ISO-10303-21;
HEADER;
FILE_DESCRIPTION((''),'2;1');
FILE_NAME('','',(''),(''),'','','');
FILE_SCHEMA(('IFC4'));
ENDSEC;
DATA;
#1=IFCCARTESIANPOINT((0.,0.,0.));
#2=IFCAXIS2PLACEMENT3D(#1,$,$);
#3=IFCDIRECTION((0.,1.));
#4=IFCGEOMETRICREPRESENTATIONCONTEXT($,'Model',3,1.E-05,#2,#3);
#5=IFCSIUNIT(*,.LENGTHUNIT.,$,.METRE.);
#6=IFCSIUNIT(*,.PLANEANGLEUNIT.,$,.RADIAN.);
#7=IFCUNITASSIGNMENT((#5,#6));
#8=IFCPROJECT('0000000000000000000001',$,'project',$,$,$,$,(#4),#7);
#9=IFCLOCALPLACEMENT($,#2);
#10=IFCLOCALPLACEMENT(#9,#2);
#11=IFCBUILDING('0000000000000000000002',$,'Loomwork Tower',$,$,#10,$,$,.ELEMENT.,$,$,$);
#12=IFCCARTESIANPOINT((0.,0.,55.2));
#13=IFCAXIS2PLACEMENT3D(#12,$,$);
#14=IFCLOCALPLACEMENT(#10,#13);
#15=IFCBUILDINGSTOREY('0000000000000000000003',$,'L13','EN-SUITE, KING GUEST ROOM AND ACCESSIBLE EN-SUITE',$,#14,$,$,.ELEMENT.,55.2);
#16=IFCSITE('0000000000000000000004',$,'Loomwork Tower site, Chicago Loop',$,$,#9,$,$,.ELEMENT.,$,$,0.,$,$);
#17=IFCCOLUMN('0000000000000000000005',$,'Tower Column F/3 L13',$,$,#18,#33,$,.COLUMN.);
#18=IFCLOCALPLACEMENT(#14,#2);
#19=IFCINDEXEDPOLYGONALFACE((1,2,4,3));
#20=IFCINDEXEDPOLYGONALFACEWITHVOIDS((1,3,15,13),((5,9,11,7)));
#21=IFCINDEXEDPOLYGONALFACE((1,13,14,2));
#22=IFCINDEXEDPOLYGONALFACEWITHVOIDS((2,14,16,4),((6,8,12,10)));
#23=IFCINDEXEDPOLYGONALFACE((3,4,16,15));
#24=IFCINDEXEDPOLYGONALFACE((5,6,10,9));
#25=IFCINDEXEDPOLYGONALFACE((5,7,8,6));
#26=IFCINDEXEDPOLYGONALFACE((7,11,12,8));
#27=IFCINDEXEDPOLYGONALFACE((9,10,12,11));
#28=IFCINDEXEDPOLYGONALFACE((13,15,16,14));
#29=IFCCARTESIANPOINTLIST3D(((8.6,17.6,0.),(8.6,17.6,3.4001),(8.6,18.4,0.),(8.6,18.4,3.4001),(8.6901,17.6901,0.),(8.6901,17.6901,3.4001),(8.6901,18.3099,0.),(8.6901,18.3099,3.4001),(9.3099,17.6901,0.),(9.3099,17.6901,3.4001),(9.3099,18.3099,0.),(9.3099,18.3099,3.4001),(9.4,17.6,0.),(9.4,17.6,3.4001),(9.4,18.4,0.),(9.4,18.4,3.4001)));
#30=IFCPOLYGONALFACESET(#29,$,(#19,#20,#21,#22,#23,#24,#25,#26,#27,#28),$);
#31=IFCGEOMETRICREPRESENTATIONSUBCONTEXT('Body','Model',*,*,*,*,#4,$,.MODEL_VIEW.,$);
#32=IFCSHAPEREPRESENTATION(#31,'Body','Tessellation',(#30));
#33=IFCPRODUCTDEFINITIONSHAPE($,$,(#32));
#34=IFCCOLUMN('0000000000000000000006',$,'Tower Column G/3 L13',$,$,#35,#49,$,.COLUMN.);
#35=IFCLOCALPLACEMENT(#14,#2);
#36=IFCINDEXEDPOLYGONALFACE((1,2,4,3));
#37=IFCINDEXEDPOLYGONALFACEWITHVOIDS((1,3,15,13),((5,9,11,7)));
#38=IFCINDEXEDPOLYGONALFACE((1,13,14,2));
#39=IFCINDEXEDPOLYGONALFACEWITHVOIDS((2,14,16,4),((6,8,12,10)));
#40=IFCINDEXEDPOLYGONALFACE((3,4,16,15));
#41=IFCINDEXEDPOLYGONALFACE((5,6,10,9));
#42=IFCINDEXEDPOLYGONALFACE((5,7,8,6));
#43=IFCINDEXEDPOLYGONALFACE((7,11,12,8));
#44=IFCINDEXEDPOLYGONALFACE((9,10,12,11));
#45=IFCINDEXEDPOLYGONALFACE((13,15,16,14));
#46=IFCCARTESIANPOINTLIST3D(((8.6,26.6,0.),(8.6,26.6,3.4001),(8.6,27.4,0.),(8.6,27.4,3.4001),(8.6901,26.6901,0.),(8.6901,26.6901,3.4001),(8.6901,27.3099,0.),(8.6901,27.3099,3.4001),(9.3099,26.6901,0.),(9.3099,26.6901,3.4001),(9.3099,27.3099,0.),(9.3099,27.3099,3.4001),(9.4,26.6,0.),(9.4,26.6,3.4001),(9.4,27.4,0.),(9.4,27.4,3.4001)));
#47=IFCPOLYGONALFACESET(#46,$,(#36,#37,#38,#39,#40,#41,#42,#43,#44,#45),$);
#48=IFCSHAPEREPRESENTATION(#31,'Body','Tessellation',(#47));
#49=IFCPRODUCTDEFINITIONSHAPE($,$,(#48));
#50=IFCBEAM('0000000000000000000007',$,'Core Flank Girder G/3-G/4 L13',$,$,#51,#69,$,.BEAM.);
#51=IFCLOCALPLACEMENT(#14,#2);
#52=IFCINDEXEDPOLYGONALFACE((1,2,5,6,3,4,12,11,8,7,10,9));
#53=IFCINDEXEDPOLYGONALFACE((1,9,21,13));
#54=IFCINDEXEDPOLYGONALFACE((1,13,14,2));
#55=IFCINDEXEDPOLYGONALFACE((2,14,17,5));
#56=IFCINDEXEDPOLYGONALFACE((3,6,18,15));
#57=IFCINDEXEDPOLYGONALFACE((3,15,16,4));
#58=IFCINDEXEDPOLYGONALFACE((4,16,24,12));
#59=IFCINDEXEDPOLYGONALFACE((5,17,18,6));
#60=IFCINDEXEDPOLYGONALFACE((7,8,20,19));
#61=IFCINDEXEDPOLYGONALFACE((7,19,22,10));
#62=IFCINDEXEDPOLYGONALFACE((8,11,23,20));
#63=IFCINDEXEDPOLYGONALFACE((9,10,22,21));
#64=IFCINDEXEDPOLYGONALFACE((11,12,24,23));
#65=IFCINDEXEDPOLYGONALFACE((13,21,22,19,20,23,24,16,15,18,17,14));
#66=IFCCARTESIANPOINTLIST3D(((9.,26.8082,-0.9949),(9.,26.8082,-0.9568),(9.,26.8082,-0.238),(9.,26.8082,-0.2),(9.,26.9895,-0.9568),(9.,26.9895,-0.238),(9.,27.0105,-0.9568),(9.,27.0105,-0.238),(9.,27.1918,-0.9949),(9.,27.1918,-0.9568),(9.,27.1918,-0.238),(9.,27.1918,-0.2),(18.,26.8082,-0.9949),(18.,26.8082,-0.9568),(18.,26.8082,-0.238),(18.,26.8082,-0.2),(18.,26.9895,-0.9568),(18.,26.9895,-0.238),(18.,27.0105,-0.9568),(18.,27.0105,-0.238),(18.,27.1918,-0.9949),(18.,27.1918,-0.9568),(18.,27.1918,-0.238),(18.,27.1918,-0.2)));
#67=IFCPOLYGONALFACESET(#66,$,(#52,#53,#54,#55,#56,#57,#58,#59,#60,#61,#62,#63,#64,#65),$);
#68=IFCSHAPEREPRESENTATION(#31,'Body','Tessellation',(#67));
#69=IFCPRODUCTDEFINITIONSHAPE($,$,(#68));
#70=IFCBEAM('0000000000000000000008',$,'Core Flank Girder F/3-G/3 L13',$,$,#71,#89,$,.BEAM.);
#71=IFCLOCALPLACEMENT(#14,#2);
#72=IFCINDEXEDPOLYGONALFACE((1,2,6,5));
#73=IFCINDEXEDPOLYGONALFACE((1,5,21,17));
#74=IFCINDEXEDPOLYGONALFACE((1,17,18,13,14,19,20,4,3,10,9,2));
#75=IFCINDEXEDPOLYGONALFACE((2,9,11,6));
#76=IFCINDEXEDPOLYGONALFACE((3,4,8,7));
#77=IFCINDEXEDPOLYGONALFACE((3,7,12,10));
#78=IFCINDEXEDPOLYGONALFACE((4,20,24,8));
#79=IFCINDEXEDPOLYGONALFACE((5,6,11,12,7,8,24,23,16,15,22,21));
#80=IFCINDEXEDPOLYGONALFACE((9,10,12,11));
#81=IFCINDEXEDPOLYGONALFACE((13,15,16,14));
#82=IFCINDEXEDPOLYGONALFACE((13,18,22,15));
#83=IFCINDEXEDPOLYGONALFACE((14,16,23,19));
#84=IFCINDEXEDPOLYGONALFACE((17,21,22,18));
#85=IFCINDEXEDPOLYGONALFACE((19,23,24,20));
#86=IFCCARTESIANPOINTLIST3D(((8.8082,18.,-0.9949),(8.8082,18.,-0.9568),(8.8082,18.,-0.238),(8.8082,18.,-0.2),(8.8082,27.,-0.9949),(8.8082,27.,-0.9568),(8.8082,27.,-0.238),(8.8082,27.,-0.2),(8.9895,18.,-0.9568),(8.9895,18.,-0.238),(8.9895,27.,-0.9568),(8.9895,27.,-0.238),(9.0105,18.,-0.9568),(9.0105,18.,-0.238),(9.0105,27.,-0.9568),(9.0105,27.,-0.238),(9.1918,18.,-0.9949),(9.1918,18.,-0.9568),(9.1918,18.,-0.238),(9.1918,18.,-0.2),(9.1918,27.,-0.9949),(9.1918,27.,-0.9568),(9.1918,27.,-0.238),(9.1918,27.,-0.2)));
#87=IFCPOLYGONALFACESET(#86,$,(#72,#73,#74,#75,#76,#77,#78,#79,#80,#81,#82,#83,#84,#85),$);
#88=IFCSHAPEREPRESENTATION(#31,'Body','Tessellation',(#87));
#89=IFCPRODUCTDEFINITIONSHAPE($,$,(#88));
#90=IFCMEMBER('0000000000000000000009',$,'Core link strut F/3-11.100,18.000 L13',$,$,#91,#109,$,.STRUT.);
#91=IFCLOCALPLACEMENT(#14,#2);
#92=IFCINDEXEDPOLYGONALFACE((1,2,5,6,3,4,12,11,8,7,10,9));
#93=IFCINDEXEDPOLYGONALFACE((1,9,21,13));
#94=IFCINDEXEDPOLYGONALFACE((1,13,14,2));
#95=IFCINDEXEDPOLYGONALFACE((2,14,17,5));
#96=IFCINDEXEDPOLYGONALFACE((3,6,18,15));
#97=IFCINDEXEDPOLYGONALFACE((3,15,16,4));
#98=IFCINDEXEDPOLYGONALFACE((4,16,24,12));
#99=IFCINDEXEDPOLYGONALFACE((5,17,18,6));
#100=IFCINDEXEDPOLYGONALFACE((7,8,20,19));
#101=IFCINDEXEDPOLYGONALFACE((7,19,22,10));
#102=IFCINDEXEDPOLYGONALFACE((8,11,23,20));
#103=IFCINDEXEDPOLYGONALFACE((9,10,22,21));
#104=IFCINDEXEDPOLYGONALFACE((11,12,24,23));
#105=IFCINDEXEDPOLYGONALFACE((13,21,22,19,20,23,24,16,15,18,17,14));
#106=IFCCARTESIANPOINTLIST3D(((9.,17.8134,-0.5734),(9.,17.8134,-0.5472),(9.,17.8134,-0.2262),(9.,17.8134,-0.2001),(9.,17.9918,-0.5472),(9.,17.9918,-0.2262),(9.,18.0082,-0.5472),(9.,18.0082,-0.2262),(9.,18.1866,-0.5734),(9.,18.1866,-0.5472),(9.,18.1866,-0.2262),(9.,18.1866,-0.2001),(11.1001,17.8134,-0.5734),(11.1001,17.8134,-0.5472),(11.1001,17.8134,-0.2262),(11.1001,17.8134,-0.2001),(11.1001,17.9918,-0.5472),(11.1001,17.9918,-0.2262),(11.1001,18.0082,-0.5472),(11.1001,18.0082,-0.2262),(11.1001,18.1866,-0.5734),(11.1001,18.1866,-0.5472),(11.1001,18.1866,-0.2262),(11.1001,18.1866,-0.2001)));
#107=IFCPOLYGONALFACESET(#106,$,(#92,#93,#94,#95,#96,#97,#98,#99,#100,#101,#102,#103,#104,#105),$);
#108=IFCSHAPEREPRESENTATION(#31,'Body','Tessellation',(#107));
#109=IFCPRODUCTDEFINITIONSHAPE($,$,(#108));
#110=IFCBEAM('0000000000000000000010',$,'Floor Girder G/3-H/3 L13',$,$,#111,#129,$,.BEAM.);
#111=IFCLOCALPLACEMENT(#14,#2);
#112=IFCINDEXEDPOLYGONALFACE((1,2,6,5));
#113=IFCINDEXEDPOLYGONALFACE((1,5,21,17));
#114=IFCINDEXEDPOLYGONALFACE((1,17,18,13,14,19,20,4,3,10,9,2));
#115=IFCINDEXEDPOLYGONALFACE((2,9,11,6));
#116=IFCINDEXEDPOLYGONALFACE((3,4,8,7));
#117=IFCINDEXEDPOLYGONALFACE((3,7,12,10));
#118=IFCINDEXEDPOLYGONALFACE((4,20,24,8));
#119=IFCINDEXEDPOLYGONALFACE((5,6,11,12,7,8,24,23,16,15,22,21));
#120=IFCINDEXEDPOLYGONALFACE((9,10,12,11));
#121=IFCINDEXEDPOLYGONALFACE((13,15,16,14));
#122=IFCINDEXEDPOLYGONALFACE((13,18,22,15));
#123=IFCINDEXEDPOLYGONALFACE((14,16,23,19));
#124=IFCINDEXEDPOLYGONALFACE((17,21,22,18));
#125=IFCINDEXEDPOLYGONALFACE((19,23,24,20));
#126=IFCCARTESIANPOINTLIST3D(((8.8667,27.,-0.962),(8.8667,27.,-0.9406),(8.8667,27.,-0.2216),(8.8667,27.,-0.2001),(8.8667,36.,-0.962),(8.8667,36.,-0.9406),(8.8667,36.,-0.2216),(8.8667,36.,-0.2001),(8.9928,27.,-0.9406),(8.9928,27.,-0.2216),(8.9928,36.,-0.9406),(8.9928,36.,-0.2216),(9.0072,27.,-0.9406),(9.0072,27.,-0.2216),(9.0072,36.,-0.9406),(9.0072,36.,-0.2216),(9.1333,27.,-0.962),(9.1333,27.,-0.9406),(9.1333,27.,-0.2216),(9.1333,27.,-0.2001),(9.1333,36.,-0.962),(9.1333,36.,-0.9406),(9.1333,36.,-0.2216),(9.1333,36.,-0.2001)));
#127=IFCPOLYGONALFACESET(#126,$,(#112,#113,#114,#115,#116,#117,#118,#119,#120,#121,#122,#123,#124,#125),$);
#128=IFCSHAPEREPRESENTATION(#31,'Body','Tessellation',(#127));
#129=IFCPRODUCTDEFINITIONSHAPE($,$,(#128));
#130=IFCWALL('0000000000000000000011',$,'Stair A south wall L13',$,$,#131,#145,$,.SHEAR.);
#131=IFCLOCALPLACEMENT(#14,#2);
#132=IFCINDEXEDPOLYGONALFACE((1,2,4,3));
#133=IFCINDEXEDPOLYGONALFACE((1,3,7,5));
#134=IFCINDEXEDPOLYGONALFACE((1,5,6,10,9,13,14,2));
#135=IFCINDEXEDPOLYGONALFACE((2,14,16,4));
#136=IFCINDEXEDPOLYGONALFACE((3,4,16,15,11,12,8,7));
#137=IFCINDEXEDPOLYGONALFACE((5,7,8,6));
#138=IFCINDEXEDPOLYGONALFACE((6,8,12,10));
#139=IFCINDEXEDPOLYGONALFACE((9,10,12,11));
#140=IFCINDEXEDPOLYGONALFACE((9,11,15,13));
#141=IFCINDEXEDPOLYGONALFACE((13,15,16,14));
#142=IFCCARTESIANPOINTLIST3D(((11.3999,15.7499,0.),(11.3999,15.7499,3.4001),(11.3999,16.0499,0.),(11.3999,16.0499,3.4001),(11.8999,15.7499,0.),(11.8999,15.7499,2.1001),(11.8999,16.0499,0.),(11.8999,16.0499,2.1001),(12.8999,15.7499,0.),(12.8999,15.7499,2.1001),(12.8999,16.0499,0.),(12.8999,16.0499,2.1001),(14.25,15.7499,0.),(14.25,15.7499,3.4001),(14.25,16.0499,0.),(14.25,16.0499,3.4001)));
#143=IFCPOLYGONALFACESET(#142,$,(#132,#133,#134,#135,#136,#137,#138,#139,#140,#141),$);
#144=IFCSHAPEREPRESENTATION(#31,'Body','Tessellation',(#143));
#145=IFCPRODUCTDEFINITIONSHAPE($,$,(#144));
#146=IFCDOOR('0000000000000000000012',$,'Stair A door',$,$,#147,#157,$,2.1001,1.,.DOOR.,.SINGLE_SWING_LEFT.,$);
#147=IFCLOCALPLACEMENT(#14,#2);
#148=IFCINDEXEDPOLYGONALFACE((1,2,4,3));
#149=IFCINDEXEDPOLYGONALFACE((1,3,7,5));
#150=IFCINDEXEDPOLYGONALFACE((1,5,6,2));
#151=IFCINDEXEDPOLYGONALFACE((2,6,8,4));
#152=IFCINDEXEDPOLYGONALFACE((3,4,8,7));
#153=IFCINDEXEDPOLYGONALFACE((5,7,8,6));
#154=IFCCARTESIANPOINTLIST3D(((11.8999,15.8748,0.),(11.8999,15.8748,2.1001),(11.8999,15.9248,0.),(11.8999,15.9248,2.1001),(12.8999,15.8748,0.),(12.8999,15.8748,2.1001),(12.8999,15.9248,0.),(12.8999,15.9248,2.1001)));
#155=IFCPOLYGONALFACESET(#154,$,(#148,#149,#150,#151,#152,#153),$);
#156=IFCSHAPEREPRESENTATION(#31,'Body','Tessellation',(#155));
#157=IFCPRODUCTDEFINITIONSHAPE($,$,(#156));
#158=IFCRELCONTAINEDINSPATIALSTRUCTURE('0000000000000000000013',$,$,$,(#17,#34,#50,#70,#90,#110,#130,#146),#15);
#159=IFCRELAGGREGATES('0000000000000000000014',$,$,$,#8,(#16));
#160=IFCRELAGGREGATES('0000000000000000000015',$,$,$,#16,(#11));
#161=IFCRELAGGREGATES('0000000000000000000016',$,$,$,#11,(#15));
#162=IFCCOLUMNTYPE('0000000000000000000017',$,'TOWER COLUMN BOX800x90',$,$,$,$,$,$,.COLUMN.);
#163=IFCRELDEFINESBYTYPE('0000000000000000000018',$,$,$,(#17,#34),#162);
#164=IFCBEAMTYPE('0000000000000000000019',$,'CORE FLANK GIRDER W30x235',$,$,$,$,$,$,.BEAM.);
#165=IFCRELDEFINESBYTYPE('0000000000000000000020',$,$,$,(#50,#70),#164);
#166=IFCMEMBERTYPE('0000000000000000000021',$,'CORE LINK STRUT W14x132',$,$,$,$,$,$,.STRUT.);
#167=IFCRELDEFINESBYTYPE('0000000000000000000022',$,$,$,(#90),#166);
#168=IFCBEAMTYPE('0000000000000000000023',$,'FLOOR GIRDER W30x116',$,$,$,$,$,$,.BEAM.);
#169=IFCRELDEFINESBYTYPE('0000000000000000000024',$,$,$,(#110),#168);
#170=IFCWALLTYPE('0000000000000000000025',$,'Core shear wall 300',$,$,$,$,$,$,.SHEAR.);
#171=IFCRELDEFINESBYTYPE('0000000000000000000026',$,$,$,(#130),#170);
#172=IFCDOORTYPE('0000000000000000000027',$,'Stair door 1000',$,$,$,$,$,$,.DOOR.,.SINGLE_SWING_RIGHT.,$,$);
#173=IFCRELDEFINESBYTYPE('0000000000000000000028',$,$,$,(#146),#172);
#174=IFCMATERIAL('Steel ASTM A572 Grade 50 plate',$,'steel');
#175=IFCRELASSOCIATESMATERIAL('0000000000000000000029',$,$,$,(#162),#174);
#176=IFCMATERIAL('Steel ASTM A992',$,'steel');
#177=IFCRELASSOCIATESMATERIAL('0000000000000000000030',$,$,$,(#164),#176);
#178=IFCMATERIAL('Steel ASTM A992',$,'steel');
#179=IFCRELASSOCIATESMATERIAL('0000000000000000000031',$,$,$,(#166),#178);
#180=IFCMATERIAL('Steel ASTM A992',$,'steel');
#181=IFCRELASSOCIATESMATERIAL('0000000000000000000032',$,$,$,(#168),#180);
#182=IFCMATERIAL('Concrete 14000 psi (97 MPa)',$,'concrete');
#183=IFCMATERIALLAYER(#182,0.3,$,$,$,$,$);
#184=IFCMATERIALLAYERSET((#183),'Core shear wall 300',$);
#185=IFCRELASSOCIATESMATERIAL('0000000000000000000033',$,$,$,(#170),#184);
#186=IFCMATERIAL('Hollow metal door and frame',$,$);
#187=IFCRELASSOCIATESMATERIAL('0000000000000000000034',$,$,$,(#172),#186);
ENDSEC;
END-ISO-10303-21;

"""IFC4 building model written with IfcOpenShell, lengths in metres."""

from ifc_helpers import new_model, si_unit, direction, frame, frame_2d, origin, origin_2d, place, context, subcontext, project, spatial, rectangle, hollow_rectangle, i_section, extrude, material, layer, layer_set, material_profile, profile_set, type_object, element, fill, save


model = new_model("IFC4")

# Units and contexts
model_context = context("Model", 3, precision=1e-05, world=origin(), true_north=direction((0.0, 1.0)))
body_context = subcontext(model_context, "Body", "Model", "MODEL_VIEW")
ifc_project = project(units=[si_unit("LENGTHUNIT", "METRE"), si_unit("PLANEANGLEUNIT", "RADIAN")], contexts=[model_context])

# Site, building, storey
site_placement = place(None, origin())
site = spatial("IfcSite", under=ifc_project, at=site_placement, Name="Loomwork Tower site, Chicago Loop", CompositionType="ELEMENT", RefElevation=0.0)
building_placement = place(site_placement, origin())
building = spatial("IfcBuilding", under=site, at=building_placement, Name="Loomwork Tower", CompositionType="ELEMENT")
storey_placement = place(building_placement, frame((0.0, 0.0, 55.2)))
storey = spatial("IfcBuildingStorey", under=building, at=storey_placement, Name="L13", Description="EN-SUITE, KING GUEST ROOM AND ACCESSIBLE EN-SUITE", CompositionType="ELEMENT", Elevation=55.2)

# Columns
ifc_material_1 = material(Name="Steel ASTM A572 Grade 50 plate", Category="steel")
ifc_material_profile_1 = material_profile(ifc_material_1, hollow_rectangle(XDim=0.8, YDim=0.8, WallThickness=0.0901, at=origin_2d()), Name="BOX800x90")
ifc_profile_set_1 = profile_set([ifc_material_profile_1], Name="Steel ASTM A572 Grade 50 plate")
column_type = type_object("IfcColumnType", Name="TOWER COLUMN BOX800x90", PredefinedType="COLUMN", material=ifc_profile_set_1)
for number, where, z_axis, x_axis, name in (
    (1, (9.0, 18.0, 0.0), (0.0, 0.0, 1.0), (1.0, 0.0, 0.0), "Tower Column F/3 L13"),
    (2, (9.0, 27.0, 0.0), (0.0, 0.0, 1.0), (1.0, 0.0, 0.0), "Tower Column G/3 L13"),
):
    element("IfcColumn", number, at=place(storey_placement, frame(where, z_axis=z_axis, x_axis=x_axis)), inside=storey, type_object=column_type, Name=name, PredefinedType="COLUMN", context=body_context, shape_type="SweptSolid", body=[
        extrude(hollow_rectangle(XDim=0.8, YDim=0.8, WallThickness=0.0901, at=origin_2d()), origin(), (0.0, 0.0, 1.0), 3.4001),
    ])

# Beams
ifc_material_2 = material(Name="Steel ASTM A992", Category="steel")
ifc_material_profile_2 = material_profile(ifc_material_2, i_section(OverallWidth=0.3835, OverallDepth=0.7949, WebThickness=0.021, FlangeThickness=0.0381, at=origin_2d()), Name="W30x235")
ifc_profile_set_2 = profile_set([ifc_material_profile_2], Name="Steel ASTM A992")
beam_type_1 = type_object("IfcBeamType", Name="CORE FLANK GIRDER W30x235", PredefinedType="BEAM", material=ifc_profile_set_2)
for number, where, z_axis, x_axis, name in (
    (3, (9.0, 27.0, -0.5974), (1.0, 0.0, 0.0), (0.0, 1.0, 0.0), "Core Flank Girder G/3-G/4 L13"),
    (4, (9.0, 18.0, -0.5974), (0.0, 1.0, 0.0), (-1.0, 0.0, 0.0), "Core Flank Girder F/3-G/3 L13"),
):
    element("IfcBeam", number, at=place(storey_placement, frame(where, z_axis=z_axis, x_axis=x_axis)), inside=storey, type_object=beam_type_1, Name=name, PredefinedType="BEAM", context=body_context, shape_type="SweptSolid", body=[
        extrude(i_section(OverallWidth=0.3835, OverallDepth=0.7949, WebThickness=0.021, FlangeThickness=0.0381, at=origin_2d()), origin(), (0.0, 0.0, 1.0), 9.0),
    ])

# Member
ifc_material_3 = material(Name="Steel ASTM A992", Category="steel")
ifc_material_profile_3 = material_profile(ifc_material_3, i_section(OverallWidth=0.3733, OverallDepth=0.3733, WebThickness=0.0164, FlangeThickness=0.0261, at=origin_2d()), Name="W14x132")
ifc_profile_set_3 = profile_set([ifc_material_profile_3], Name="Steel ASTM A992")
member_type = type_object("IfcMemberType", Name="CORE LINK STRUT W14x132", PredefinedType="STRUT", material=ifc_profile_set_3)
member_placement = place(storey_placement, frame((9.0, 18.0, -0.3867), z_axis=(1.0, 0.0, 0.0), x_axis=(0.0, 1.0, 0.0)))
element("IfcMember", 5, at=member_placement, inside=storey, type_object=member_type, Name="Core link strut F/3-11.100,18.000 L13", PredefinedType="STRUT", context=body_context, shape_type="SweptSolid", body=[
    extrude(i_section(OverallWidth=0.3733, OverallDepth=0.3733, WebThickness=0.0164, FlangeThickness=0.0261, at=origin_2d()), origin(), (0.0, 0.0, 1.0), 2.1001),
])

# Beam
ifc_material_4 = material(Name="Steel ASTM A992", Category="steel")
ifc_material_profile_4 = material_profile(ifc_material_4, i_section(OverallWidth=0.2666, OverallDepth=0.762, WebThickness=0.0144, FlangeThickness=0.0215, at=origin_2d()), Name="W30x116")
ifc_profile_set_4 = profile_set([ifc_material_profile_4], Name="Steel ASTM A992")
beam_type_2 = type_object("IfcBeamType", Name="FLOOR GIRDER W30x116", PredefinedType="BEAM", material=ifc_profile_set_4)
beam_placement = place(storey_placement, frame((9.0, 27.0, -0.5811), z_axis=(0.0, 1.0, 0.0), x_axis=(-1.0, 0.0, 0.0)))
element("IfcBeam", 6, at=beam_placement, inside=storey, type_object=beam_type_2, Name="Floor Girder G/3-H/3 L13", PredefinedType="BEAM", context=body_context, shape_type="SweptSolid", body=[
    extrude(i_section(OverallWidth=0.2666, OverallDepth=0.762, WebThickness=0.0144, FlangeThickness=0.0215, at=origin_2d()), origin(), (0.0, 0.0, 1.0), 9.0),
])

# Wall, opening, door
ifc_material_5 = material(Name="Concrete 14000 psi (97 MPa)", Category="concrete")
ifc_layer_1 = layer(ifc_material_5, 0.3)
ifc_layer_set_1 = layer_set([ifc_layer_1], Name="Core shear wall 300")
wall_type_1 = type_object("IfcWallType", Name="Core shear wall 300", PredefinedType="SHEAR", material=ifc_layer_set_1)
wall_1_placement = place(storey_placement, frame((11.3999, 15.8999, 0.0), z_axis=(0.0, 0.0, 1.0), x_axis=(1.0, 0.0, 0.0)))
wall_1 = element("IfcWall", 7, at=wall_1_placement, inside=storey, type_object=wall_type_1, Name="Stair A south wall L13", PredefinedType="SHEAR", context=body_context, shape_type="SweptSolid", body=[
    extrude(rectangle(XDim=2.8501, YDim=0.3, at=frame_2d((1.425, 0.0))), origin(), (0.0, 0.0, 1.0), 3.4001),
])
opening_1_placement = place(wall_1_placement, frame((0.5, 0.0, 0.0)))
opening_1 = element("IfcOpeningElement", 8, at=opening_1_placement, cuts=wall_1, PredefinedType="OPENING", context=body_context, shape_type="SweptSolid", body=[
    extrude(rectangle(XDim=1.0, YDim=2.1001, at=frame_2d((0.5, 1.05))), frame((0.0, 0.1599, 0.0), z_axis=(0.0, -1.0, 0.0), x_axis=(1.0, 0.0, 0.0)), (0.0, 0.0, 1.0), 0.3201),
])
ifc_material_6 = material(Name="Hollow metal door and frame")
door_type_1 = type_object("IfcDoorType", Name="Stair door 1000", OperationType="SINGLE_SWING_RIGHT", PredefinedType="DOOR", material=ifc_material_6)
door_1_placement = place(opening_1_placement, origin())
door_1 = element("IfcDoor", 9, at=door_1_placement, inside=storey, type_object=door_type_1, Name="Stair A door", OperationType="SINGLE_SWING_LEFT", OverallHeight=2.1001, OverallWidth=1.0, PredefinedType="DOOR", context=body_context, shape_type="SweptSolid", body=[
    extrude(rectangle(XDim=1.0, YDim=2.1001, at=frame_2d((0.5, 1.05))), frame((0.0, 0.0249, 0.0), z_axis=(0.0, -1.0, 0.0), x_axis=(1.0, 0.0, 0.0)), (0.0, 0.0, 1.0), 0.05),
])
fill(opening_1, door_1)

save(model, "model.ifc")
